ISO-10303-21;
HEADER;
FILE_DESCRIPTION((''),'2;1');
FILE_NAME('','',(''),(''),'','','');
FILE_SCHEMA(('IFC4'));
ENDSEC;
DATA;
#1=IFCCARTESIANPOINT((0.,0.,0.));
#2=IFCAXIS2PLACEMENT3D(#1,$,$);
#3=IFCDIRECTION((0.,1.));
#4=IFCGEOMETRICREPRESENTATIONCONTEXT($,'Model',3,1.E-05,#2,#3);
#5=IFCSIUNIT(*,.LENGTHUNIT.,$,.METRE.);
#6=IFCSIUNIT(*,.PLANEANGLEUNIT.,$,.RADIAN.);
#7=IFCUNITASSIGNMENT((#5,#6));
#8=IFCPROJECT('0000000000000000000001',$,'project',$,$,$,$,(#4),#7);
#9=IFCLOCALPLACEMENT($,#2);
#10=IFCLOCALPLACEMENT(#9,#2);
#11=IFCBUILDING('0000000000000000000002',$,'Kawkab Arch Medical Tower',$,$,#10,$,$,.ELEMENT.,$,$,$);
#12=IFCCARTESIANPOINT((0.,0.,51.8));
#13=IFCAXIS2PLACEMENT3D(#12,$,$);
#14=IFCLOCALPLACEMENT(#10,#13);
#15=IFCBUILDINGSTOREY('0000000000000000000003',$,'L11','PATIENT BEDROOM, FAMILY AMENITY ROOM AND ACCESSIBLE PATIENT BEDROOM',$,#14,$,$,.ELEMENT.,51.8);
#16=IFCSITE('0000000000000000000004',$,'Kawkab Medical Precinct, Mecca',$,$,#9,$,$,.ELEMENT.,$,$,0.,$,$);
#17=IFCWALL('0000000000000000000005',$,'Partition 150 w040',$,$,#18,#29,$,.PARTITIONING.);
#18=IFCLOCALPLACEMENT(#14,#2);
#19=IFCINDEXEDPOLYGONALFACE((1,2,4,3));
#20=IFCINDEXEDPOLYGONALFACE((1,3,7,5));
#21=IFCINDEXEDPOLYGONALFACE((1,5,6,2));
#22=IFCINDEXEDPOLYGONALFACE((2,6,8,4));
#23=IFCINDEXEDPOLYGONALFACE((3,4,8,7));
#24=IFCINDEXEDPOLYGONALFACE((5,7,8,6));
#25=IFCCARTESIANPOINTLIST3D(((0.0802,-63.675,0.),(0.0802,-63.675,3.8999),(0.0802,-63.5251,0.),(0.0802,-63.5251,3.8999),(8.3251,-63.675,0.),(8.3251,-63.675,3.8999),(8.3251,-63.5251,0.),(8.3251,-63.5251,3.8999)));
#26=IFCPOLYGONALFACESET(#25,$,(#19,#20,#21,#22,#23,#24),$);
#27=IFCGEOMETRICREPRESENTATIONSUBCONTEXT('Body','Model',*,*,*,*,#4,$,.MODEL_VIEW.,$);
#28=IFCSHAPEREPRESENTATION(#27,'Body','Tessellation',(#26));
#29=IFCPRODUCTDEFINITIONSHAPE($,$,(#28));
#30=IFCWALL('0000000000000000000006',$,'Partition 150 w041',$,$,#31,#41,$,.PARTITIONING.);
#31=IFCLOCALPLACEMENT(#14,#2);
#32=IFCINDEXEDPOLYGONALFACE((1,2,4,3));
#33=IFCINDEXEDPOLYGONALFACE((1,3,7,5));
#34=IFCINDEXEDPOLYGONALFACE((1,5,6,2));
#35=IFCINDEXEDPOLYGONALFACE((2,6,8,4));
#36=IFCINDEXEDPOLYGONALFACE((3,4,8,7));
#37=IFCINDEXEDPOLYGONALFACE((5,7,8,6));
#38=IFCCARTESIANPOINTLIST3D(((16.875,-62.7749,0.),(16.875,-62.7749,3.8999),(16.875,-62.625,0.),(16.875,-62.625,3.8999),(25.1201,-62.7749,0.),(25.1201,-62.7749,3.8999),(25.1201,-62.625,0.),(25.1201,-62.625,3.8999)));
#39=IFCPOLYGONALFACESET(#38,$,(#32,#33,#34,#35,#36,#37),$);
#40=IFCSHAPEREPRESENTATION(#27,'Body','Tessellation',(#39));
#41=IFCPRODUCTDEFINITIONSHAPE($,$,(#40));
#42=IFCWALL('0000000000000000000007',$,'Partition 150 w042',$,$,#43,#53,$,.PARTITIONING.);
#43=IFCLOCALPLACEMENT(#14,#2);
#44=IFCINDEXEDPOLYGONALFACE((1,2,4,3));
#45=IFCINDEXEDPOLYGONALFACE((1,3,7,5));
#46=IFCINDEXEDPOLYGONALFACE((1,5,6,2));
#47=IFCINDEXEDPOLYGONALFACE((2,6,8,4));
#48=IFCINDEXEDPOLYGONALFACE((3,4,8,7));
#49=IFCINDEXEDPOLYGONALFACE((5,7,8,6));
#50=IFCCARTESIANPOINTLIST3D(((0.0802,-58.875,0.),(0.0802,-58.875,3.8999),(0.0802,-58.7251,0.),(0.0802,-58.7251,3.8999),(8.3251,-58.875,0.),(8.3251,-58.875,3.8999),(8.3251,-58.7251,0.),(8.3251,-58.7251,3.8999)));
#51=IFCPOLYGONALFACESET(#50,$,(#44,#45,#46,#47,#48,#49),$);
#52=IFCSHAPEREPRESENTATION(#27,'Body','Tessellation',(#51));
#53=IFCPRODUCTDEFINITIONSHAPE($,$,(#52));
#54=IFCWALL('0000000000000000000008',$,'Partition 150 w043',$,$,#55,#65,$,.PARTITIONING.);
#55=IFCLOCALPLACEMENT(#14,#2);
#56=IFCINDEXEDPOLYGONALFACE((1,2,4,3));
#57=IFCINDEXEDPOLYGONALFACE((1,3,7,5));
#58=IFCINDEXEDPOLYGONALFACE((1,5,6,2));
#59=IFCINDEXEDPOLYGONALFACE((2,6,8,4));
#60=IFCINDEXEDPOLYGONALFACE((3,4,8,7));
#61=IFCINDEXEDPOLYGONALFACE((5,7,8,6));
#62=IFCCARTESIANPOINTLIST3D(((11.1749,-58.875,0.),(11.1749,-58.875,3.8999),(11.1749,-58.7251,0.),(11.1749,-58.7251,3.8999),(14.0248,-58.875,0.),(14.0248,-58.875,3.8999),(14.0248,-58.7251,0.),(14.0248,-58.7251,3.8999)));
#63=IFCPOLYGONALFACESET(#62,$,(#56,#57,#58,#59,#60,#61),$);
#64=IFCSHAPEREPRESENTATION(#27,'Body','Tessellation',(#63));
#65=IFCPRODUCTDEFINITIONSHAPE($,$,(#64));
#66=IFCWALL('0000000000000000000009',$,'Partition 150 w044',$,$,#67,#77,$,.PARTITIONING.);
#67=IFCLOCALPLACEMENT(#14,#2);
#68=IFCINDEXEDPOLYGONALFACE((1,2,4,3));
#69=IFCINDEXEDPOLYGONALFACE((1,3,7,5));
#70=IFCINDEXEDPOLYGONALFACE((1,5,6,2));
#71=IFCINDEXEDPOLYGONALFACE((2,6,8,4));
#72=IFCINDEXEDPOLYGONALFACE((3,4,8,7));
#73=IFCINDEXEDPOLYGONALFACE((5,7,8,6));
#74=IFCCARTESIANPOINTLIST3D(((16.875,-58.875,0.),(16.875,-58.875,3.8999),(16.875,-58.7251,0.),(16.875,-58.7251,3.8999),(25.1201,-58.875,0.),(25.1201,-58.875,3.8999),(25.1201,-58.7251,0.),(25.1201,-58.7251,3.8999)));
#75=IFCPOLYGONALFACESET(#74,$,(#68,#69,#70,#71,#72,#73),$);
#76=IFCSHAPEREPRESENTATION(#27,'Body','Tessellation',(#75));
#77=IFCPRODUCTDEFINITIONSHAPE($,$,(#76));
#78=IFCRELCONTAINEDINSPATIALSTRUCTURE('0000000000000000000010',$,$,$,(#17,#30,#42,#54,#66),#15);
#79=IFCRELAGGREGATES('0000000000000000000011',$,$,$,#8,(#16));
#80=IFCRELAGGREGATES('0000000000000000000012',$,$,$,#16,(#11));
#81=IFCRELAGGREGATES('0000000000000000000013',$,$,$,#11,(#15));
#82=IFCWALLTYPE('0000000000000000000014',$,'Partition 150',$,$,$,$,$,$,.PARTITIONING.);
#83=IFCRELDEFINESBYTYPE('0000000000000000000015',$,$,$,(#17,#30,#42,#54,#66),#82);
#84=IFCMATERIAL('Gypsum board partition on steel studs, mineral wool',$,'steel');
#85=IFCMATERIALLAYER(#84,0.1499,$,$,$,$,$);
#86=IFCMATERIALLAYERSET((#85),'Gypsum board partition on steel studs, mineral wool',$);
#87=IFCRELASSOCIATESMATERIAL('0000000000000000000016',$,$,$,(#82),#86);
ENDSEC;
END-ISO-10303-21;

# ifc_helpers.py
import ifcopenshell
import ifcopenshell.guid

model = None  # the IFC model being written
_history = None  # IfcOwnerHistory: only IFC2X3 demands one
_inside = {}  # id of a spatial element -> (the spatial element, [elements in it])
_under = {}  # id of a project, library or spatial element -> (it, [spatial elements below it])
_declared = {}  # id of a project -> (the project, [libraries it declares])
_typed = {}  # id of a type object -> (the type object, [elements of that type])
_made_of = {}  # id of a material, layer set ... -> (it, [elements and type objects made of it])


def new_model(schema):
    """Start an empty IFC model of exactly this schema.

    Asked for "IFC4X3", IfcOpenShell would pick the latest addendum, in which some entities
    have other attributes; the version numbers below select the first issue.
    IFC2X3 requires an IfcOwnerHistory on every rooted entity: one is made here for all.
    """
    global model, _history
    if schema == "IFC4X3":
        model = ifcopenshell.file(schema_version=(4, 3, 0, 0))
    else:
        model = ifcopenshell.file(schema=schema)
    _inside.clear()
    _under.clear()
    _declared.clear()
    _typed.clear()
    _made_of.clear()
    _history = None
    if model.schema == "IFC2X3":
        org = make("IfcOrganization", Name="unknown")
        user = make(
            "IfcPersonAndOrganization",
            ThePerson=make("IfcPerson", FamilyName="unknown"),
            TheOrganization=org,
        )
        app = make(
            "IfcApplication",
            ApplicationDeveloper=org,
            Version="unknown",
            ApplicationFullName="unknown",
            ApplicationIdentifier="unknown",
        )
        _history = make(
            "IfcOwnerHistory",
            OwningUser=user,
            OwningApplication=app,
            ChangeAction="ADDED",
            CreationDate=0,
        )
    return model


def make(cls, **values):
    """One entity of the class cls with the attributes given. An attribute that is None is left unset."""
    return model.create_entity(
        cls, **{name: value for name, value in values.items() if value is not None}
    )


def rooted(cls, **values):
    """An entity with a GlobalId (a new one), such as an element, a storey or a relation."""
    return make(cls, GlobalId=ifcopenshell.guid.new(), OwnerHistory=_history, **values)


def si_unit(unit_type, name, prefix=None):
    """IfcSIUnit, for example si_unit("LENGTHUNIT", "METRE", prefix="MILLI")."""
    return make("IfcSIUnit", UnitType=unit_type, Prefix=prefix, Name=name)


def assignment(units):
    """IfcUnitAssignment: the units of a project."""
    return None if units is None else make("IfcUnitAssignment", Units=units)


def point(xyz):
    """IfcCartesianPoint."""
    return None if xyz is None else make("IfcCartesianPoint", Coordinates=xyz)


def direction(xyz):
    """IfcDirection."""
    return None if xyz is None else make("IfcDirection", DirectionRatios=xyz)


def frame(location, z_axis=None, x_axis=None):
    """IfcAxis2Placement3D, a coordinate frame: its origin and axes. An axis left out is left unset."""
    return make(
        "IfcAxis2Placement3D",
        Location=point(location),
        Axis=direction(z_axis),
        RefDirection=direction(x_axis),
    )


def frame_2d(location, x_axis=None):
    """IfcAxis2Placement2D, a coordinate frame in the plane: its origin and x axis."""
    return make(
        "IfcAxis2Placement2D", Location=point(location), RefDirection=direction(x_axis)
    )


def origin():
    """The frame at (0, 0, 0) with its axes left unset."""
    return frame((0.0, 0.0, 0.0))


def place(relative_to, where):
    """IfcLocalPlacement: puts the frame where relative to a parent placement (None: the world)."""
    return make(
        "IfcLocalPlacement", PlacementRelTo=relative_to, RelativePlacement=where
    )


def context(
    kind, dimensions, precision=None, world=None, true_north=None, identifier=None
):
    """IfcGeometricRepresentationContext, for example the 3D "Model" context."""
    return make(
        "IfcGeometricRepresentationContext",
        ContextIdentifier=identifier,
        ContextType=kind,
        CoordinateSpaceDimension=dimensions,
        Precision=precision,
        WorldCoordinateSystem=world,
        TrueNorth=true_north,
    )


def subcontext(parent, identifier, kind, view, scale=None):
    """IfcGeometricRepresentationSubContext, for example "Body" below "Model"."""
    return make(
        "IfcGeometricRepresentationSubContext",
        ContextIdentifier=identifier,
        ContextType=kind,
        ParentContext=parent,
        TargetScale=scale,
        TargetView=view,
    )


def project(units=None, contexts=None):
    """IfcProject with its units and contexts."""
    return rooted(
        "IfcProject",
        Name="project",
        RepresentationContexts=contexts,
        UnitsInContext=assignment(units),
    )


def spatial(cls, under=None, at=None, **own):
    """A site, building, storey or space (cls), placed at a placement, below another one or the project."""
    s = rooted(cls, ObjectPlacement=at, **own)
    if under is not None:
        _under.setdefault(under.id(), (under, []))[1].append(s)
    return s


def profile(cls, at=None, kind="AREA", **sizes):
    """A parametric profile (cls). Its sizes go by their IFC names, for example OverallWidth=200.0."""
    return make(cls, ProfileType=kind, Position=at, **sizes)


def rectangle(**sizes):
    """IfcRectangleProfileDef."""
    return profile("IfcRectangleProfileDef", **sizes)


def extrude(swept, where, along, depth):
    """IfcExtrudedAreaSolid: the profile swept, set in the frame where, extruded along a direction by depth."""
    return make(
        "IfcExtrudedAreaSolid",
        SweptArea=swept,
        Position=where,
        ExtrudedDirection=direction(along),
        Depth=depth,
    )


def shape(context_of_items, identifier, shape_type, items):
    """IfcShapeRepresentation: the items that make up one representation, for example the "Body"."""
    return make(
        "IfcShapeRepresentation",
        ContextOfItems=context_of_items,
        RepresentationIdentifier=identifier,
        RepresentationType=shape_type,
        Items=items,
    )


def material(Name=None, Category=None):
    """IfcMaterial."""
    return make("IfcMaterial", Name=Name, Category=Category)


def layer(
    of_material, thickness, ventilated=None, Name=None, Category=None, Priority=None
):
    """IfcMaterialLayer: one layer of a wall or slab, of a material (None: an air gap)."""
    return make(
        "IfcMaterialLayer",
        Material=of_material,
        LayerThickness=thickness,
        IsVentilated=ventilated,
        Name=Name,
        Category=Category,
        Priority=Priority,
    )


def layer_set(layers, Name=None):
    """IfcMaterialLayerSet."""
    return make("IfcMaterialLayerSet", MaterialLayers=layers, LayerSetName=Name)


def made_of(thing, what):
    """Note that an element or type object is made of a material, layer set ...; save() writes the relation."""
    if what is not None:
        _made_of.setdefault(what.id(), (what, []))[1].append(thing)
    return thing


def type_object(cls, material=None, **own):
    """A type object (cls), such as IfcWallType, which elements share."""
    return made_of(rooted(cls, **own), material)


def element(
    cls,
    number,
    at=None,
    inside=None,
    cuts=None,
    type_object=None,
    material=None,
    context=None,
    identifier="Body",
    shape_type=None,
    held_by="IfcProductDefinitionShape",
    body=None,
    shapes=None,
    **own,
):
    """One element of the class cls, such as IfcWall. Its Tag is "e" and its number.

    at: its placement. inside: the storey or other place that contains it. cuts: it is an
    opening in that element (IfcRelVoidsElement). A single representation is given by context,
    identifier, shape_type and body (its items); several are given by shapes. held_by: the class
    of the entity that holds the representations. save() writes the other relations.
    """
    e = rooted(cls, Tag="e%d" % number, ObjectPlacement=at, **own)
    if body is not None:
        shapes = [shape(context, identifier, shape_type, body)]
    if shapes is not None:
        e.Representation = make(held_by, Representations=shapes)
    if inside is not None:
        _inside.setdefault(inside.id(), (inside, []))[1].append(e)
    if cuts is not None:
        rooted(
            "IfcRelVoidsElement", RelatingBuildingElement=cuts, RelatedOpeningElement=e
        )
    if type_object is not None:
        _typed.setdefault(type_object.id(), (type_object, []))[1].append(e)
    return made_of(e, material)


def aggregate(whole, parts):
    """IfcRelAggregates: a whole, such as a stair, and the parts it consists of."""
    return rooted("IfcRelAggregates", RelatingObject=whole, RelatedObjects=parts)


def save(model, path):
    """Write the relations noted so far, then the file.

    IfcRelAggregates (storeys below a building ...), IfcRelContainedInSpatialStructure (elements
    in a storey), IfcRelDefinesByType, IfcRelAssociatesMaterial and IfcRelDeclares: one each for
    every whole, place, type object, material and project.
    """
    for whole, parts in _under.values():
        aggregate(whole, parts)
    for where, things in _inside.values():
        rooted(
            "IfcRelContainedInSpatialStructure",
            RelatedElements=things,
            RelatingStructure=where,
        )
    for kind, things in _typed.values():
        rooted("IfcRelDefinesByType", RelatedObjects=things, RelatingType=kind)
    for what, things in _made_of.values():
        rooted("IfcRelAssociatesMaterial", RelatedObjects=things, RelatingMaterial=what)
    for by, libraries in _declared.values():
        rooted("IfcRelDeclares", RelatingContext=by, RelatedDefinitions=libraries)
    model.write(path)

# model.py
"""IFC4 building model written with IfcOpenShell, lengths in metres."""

from ifc_helpers import new_model, si_unit, direction, frame, frame_2d, origin, place, context, subcontext, project, spatial, rectangle, extrude, material, layer, layer_set, type_object, element, save


model = new_model("IFC4")

# Units and contexts
model_context = context("Model", 3, precision=1e-05, world=origin(), true_north=direction((0.0, 1.0)))
body_context = subcontext(model_context, "Body", "Model", "MODEL_VIEW")
ifc_project = project(units=[si_unit("LENGTHUNIT", "METRE"), si_unit("PLANEANGLEUNIT", "RADIAN")], contexts=[model_context])

# Site, building, storey
site_placement = place(None, origin())
site = spatial("IfcSite", under=ifc_project, at=site_placement, Name="Kawkab Medical Precinct, Mecca", CompositionType="ELEMENT", RefElevation=0.0)
building_placement = place(site_placement, origin())
building = spatial("IfcBuilding", under=site, at=building_placement, Name="Kawkab Arch Medical Tower", CompositionType="ELEMENT")
storey_placement = place(building_placement, frame((0.0, 0.0, 51.8)))
storey = spatial("IfcBuildingStorey", under=building, at=storey_placement, Name="L11", Description="PATIENT BEDROOM, FAMILY AMENITY ROOM AND ACCESSIBLE PATIENT BEDROOM", CompositionType="ELEMENT", Elevation=51.8)

# Walls
ifc_material_1 = material(Name="Gypsum board partition on steel studs, mineral wool", Category="steel")
ifc_layer_1 = layer(ifc_material_1, 0.1499)
ifc_layer_set_1 = layer_set([ifc_layer_1], Name="Gypsum board partition on steel studs, mineral wool")
wall_type_1 = type_object("IfcWallType", Name="Partition 150", PredefinedType="PARTITIONING", material=ifc_layer_set_1)
wall_1_placement = place(storey_placement, frame((0.0801, -63.6001, 0.0), z_axis=(0.0, 0.0, 1.0), x_axis=(1.0, 0.0, 0.0)))
element("IfcWall", 1, at=wall_1_placement, inside=storey, type_object=wall_type_1, Name="Partition 150 w040", PredefinedType="PARTITIONING", context=body_context, shape_type="SweptSolid", body=[
    extrude(rectangle(XDim=8.2449, YDim=0.1499, at=frame_2d((4.1226, 0.0))), origin(), (0.0, 0.0, 1.0), 3.8999),
])
wall_2_placement = place(storey_placement, frame((16.875, -62.7, 0.0), z_axis=(0.0, 0.0, 1.0), x_axis=(1.0, 0.0, 0.0)))
element("IfcWall", 2, at=wall_2_placement, inside=storey, type_object=wall_type_1, Name="Partition 150 w041", PredefinedType="PARTITIONING", context=body_context, shape_type="SweptSolid", body=[
    extrude(rectangle(XDim=8.2451, YDim=0.1499, at=frame_2d((4.1226, 0.0))), origin(), (0.0, 0.0, 1.0), 3.8999),
])
wall_3_placement = place(storey_placement, frame((0.0801, -58.8, 0.0), z_axis=(0.0, 0.0, 1.0), x_axis=(1.0, 0.0, 0.0)))
element("IfcWall", 3, at=wall_3_placement, inside=storey, type_object=wall_type_1, Name="Partition 150 w042", PredefinedType="PARTITIONING", context=body_context, shape_type="SweptSolid", body=[
    extrude(rectangle(XDim=8.2449, YDim=0.1499, at=frame_2d((4.1226, 0.0))), origin(), (0.0, 0.0, 1.0), 3.8999),
])
wall_4_placement = place(storey_placement, frame((11.175, -58.8, 0.0), z_axis=(0.0, 0.0, 1.0), x_axis=(1.0, 0.0, 0.0)))
element("IfcWall", 4, at=wall_4_placement, inside=storey, type_object=wall_type_1, Name="Partition 150 w043", PredefinedType="PARTITIONING", context=body_context, shape_type="SweptSolid", body=[
    extrude(rectangle(XDim=2.8499, YDim=0.1499, at=frame_2d((1.4248, 0.0))), origin(), (0.0, 0.0, 1.0), 3.8999),
])
wall_5_placement = place(storey_placement, frame((16.875, -58.8, 0.0), z_axis=(0.0, 0.0, 1.0), x_axis=(1.0, 0.0, 0.0)))
element("IfcWall", 5, at=wall_5_placement, inside=storey, type_object=wall_type_1, Name="Partition 150 w044", PredefinedType="PARTITIONING", context=body_context, shape_type="SweptSolid", body=[
    extrude(rectangle(XDim=8.2451, YDim=0.1499, at=frame_2d((4.1226, 0.0))), origin(), (0.0, 0.0, 1.0), 3.8999),
])

save(model, "model.ifc")
